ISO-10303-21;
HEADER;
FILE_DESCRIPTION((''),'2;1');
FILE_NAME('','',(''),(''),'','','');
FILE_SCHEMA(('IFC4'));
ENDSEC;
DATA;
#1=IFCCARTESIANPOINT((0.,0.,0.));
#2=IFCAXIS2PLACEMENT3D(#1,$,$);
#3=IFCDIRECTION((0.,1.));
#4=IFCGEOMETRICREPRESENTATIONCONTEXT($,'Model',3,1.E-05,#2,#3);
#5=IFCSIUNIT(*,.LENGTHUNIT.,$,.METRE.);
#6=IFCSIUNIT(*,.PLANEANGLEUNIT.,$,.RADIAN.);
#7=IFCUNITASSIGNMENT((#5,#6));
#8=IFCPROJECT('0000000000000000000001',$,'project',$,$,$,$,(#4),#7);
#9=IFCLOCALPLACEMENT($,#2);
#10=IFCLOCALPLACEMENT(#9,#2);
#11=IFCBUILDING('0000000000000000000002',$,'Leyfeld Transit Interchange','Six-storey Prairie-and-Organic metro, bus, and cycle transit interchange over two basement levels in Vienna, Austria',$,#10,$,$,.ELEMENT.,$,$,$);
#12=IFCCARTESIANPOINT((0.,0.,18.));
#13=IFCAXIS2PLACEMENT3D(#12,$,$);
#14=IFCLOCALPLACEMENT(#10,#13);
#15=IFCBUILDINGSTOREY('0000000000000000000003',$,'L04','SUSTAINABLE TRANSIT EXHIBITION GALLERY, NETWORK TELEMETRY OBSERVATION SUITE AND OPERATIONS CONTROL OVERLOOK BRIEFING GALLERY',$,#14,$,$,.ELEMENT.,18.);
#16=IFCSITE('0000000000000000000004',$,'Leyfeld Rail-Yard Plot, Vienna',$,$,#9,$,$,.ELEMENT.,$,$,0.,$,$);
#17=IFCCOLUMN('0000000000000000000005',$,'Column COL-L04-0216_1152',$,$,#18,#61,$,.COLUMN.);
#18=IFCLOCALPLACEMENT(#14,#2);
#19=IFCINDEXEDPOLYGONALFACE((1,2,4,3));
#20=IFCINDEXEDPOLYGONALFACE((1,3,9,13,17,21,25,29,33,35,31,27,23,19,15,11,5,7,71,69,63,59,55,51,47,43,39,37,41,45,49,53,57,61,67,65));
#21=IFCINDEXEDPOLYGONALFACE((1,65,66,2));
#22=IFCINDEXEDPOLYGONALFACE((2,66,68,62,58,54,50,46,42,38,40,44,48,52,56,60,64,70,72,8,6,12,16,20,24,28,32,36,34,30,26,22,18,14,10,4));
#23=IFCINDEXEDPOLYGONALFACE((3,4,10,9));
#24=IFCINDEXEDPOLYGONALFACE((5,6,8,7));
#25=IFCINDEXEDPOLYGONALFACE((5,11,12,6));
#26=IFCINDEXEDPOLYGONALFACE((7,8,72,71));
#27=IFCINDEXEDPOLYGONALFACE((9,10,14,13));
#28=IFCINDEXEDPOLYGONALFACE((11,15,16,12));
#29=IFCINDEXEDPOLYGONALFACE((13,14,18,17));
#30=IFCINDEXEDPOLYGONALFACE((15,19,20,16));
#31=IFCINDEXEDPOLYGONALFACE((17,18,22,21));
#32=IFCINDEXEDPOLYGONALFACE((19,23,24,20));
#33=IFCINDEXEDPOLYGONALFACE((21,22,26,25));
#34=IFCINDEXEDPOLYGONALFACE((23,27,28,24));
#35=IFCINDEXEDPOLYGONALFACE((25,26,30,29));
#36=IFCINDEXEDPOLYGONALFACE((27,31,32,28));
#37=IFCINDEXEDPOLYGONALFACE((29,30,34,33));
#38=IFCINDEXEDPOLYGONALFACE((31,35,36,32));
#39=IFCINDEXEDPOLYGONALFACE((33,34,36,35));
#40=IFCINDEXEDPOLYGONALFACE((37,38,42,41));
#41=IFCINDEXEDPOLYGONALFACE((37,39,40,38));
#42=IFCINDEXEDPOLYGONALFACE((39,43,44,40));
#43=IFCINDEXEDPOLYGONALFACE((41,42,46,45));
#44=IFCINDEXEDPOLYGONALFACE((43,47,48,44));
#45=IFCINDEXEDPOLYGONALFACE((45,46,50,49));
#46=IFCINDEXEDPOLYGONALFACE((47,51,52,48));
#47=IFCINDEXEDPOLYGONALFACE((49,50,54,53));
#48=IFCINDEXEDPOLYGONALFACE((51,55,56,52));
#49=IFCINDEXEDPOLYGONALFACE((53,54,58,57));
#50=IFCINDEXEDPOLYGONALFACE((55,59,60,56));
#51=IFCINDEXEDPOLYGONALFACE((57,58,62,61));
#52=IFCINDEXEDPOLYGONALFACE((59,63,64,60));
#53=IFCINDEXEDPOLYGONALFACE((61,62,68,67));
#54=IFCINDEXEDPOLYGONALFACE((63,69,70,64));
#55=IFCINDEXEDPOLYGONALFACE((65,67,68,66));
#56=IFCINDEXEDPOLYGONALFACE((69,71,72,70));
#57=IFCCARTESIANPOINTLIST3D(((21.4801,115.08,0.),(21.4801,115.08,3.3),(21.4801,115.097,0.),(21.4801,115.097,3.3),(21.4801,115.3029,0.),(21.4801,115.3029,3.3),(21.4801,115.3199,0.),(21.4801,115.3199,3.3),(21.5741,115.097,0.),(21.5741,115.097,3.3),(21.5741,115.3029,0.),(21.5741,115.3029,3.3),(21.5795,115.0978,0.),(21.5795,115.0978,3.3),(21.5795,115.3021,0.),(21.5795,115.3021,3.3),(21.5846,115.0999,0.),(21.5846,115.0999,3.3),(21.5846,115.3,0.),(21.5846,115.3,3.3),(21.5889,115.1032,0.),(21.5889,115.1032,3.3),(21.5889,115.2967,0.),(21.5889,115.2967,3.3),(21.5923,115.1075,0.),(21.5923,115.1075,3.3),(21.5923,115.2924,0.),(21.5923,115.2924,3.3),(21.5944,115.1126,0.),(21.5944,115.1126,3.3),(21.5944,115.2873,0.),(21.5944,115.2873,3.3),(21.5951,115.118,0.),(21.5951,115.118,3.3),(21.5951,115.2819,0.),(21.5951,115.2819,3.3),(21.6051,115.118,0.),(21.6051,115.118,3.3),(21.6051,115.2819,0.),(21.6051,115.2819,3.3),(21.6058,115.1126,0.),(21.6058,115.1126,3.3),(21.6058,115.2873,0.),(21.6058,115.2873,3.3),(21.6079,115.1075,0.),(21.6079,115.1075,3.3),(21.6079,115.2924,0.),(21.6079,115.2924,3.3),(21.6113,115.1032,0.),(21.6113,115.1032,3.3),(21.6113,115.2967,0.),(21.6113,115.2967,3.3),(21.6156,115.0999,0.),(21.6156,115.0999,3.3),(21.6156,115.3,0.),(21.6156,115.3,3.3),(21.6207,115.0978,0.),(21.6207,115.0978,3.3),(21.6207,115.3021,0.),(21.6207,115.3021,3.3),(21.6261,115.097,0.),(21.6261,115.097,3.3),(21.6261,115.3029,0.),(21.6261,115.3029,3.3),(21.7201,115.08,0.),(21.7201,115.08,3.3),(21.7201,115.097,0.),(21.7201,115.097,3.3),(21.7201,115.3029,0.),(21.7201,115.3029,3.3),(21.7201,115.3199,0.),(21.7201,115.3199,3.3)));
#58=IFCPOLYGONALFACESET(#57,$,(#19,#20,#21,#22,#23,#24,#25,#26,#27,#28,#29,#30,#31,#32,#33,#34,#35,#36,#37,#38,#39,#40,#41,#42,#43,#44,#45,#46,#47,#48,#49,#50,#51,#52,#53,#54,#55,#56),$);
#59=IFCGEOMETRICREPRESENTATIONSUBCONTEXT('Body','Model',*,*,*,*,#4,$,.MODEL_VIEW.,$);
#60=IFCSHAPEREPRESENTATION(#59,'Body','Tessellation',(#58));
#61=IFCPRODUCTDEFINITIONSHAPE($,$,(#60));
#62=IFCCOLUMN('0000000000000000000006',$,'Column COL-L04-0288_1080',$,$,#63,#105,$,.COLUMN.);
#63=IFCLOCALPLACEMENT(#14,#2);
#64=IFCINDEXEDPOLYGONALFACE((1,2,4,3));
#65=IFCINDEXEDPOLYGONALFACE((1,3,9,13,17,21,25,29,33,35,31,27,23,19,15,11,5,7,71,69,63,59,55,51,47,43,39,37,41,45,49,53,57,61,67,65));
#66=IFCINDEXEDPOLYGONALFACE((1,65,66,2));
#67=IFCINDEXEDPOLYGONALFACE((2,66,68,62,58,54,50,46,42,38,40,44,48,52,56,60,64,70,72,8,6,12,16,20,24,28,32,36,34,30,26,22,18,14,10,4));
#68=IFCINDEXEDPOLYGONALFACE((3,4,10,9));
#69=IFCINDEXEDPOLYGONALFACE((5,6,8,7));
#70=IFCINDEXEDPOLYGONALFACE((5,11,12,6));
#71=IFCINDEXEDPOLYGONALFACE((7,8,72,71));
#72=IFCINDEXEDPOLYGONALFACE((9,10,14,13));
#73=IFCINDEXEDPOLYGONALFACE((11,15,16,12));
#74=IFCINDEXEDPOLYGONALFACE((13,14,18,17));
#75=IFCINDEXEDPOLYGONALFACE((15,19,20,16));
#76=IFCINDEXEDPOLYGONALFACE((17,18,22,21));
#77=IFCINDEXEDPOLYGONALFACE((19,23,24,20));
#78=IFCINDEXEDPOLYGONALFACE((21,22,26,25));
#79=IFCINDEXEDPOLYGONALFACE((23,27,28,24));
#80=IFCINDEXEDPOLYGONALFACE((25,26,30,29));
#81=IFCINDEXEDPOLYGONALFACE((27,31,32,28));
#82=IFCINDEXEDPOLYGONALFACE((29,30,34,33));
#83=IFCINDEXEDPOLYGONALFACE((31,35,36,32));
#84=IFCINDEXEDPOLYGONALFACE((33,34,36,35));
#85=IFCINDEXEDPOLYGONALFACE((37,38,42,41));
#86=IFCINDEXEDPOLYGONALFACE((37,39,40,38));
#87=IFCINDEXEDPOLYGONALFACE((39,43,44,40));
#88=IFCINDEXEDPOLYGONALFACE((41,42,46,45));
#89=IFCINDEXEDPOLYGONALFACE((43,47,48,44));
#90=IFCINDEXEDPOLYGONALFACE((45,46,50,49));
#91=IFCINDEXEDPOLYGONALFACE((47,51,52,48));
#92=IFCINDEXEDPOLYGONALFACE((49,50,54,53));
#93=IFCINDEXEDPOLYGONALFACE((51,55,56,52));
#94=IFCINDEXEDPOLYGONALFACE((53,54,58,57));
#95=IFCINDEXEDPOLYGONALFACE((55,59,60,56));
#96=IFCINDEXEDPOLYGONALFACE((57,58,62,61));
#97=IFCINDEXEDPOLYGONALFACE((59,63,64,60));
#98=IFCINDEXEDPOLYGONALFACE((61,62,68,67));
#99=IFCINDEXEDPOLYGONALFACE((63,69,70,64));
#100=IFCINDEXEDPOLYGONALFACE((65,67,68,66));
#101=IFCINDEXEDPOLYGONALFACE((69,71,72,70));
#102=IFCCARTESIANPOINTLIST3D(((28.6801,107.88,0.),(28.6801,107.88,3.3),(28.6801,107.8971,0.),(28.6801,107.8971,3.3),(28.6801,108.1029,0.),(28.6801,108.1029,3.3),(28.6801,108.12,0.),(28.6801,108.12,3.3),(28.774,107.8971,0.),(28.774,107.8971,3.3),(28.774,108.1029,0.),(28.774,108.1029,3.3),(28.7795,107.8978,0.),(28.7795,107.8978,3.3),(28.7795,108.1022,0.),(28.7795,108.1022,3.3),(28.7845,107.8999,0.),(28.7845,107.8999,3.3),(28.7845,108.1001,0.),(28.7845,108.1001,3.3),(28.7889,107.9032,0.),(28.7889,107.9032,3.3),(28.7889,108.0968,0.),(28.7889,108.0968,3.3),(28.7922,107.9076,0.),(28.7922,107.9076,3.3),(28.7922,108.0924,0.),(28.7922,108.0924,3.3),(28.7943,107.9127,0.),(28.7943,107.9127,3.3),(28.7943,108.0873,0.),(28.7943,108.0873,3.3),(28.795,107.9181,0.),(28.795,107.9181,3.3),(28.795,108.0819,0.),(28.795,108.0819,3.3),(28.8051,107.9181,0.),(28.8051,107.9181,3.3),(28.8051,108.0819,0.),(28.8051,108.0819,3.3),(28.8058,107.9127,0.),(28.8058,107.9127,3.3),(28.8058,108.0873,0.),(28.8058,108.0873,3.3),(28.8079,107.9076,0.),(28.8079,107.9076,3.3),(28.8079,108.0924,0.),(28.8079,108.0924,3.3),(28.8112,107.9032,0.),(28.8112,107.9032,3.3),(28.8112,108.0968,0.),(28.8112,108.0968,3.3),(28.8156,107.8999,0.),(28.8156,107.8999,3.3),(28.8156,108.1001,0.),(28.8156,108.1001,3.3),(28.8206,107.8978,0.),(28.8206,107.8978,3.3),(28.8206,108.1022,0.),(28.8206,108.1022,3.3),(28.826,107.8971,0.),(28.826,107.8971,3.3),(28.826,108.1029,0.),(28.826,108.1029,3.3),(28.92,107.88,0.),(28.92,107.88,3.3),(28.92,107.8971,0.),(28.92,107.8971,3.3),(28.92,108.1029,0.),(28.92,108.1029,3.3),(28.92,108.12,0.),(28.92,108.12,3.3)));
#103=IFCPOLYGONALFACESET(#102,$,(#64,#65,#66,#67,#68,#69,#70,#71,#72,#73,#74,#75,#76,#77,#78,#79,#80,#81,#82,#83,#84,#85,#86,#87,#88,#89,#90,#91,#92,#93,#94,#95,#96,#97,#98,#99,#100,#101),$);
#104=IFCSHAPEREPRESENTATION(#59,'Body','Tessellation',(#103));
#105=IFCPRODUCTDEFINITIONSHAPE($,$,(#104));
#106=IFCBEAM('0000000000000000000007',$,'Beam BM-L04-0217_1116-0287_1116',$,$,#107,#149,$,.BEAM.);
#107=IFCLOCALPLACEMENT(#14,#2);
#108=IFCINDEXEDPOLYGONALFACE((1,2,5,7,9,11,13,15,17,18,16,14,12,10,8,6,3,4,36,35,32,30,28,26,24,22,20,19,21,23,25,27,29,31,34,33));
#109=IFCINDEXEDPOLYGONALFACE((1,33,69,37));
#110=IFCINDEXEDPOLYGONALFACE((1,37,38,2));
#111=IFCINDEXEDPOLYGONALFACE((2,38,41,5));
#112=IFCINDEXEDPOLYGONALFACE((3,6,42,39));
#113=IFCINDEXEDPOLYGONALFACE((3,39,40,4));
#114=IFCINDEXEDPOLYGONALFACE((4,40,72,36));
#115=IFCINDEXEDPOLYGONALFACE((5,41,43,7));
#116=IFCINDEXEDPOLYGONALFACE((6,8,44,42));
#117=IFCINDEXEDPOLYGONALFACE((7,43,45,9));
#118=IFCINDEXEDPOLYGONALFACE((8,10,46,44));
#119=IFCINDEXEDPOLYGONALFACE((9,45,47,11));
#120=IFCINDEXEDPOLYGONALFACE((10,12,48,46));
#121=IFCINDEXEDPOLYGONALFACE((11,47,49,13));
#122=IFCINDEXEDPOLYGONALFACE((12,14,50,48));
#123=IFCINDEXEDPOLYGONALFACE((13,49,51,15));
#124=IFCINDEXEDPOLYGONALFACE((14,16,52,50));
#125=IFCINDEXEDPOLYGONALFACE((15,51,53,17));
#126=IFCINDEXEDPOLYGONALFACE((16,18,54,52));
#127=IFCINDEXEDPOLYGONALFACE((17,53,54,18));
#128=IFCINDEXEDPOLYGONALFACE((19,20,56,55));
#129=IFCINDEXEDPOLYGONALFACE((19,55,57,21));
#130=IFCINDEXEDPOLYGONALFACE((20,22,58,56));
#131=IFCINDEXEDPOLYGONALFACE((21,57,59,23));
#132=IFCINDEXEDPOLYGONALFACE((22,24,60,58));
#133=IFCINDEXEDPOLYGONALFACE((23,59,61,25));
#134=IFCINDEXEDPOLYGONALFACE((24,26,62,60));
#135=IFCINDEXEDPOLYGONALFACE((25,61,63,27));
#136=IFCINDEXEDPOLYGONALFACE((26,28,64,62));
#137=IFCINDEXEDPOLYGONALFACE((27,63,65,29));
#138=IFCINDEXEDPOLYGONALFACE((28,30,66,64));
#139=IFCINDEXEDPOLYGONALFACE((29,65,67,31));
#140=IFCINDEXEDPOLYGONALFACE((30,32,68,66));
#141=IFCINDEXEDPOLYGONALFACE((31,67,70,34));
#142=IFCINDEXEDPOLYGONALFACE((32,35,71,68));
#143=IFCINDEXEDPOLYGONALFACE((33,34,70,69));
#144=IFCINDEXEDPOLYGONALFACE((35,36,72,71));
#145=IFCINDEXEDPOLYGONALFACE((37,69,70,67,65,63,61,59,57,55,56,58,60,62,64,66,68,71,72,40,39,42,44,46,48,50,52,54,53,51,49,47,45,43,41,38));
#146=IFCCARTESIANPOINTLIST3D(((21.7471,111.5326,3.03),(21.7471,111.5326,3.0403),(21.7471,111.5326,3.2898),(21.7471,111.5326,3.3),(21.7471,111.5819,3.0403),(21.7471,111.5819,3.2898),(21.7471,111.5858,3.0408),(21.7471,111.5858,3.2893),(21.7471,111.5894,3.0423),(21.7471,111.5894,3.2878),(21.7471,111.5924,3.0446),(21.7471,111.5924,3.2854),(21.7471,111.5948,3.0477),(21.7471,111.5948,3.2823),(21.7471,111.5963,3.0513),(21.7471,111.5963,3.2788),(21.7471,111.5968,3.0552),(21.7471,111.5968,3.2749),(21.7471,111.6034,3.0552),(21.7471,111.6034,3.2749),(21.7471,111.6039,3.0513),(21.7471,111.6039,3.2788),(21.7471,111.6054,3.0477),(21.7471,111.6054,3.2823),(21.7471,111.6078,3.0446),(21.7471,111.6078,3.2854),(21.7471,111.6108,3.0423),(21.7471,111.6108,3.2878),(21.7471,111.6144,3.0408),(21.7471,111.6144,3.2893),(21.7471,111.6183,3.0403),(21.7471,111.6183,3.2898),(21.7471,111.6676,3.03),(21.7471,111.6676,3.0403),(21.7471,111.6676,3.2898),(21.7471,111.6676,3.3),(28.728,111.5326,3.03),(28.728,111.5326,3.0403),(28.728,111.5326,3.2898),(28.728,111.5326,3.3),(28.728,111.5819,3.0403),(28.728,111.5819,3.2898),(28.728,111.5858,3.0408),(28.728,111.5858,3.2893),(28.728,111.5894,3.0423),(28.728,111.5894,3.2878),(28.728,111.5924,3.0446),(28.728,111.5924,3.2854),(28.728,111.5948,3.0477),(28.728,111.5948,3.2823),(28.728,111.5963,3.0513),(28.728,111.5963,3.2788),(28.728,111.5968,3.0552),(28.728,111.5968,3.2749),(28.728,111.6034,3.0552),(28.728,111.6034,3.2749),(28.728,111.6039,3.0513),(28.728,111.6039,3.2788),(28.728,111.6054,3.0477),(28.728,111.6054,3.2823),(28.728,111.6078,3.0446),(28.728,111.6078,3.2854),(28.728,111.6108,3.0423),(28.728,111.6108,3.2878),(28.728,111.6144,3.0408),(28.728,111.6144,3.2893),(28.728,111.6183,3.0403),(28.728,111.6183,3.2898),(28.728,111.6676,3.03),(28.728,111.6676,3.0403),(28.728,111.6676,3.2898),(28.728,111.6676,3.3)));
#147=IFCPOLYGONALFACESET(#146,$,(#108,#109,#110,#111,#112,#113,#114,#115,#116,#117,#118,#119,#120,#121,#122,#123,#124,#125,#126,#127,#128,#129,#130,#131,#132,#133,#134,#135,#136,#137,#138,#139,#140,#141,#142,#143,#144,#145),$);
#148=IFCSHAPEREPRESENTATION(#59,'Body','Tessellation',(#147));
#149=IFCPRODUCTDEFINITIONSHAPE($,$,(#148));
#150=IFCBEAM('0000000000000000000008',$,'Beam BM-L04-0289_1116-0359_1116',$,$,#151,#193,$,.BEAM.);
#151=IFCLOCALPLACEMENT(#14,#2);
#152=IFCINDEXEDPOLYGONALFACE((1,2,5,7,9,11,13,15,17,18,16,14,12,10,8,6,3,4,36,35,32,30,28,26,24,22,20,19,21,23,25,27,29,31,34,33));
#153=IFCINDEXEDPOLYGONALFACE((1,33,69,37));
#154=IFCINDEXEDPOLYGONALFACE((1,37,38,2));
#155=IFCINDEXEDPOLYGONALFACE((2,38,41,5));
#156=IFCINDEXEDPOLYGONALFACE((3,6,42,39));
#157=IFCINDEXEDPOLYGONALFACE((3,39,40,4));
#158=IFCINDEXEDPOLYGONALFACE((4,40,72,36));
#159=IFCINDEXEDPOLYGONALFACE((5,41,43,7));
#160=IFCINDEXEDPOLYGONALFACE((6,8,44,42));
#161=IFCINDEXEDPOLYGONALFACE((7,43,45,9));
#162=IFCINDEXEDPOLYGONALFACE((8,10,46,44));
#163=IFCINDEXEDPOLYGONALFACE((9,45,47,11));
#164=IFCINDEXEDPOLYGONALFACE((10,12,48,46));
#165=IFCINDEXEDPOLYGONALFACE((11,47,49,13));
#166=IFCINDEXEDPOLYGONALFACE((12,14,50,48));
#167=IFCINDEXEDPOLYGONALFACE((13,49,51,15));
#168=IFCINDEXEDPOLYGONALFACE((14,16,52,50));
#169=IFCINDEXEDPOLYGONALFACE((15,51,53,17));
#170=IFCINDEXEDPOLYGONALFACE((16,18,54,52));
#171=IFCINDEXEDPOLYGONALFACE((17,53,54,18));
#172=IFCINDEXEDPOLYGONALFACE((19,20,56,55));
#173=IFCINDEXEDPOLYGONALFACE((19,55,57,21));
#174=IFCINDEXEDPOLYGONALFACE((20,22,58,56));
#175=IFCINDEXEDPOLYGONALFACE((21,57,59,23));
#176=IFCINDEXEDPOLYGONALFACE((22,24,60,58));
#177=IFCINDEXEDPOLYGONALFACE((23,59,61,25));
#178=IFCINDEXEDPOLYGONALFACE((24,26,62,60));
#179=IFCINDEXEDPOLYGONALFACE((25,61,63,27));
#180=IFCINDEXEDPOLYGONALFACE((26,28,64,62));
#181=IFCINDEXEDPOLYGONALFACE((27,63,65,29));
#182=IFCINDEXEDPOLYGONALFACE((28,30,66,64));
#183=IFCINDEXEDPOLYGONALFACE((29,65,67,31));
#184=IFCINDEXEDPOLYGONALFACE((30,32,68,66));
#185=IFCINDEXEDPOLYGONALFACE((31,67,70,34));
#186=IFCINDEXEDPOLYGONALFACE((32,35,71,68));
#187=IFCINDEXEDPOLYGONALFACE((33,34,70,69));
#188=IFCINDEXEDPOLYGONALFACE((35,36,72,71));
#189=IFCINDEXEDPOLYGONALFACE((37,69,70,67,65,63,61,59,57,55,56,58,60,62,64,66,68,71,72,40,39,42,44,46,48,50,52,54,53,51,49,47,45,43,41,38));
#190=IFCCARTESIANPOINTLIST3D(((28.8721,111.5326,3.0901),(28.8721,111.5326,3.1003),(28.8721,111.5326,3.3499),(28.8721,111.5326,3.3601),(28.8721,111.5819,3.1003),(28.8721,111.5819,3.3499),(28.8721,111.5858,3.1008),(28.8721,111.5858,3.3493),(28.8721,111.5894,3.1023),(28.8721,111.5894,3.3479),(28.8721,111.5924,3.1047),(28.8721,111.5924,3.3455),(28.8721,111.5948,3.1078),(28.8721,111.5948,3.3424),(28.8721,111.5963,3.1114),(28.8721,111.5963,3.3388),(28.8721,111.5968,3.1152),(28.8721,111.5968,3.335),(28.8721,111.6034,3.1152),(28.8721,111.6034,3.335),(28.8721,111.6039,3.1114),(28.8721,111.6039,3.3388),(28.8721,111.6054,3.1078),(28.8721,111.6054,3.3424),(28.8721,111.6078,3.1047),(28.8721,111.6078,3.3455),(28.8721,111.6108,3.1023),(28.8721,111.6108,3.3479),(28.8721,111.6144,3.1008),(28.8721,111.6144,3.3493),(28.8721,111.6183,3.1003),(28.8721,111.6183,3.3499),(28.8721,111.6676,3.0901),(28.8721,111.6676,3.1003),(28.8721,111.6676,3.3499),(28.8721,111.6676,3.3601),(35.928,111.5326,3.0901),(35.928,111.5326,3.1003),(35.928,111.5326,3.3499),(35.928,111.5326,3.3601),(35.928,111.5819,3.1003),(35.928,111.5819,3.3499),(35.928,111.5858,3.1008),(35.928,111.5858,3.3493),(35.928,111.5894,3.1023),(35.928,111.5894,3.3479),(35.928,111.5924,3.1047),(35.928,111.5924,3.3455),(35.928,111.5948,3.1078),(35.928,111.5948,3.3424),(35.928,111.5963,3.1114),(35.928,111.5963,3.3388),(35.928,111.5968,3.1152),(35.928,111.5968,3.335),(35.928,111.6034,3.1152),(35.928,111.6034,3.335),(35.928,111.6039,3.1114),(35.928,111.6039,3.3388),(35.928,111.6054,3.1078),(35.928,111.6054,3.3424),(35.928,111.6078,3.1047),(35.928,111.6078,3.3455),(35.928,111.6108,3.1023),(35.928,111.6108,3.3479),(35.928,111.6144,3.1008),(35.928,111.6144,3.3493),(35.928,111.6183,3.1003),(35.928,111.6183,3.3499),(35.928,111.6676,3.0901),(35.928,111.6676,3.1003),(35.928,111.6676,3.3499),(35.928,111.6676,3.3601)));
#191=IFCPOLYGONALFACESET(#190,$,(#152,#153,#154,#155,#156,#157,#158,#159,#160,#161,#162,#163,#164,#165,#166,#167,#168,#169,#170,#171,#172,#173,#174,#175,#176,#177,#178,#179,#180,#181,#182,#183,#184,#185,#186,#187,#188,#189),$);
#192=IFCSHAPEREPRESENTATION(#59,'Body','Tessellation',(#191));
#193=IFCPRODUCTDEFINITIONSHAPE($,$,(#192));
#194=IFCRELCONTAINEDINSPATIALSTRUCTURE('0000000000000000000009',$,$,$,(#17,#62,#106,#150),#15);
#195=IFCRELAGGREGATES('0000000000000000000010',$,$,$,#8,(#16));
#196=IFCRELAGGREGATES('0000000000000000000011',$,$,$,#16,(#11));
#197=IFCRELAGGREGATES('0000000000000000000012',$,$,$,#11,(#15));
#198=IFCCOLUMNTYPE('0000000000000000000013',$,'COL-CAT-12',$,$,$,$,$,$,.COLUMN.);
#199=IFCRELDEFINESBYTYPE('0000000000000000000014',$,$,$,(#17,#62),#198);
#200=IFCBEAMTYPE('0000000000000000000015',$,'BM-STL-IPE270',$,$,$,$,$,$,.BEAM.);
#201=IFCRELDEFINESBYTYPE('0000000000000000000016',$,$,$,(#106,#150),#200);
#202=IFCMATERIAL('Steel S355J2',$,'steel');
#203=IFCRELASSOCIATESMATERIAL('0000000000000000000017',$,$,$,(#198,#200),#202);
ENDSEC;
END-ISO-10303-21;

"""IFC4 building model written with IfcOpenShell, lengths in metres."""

from ifc_helpers import new_model, si_unit, direction, frame, origin, origin_2d, place, context, subcontext, project, spatial, i_section, extrude, material, material_profile, profile_set, type_object, element, save


model = new_model("IFC4")

# Units and contexts
model_context = context("Model", 3, precision=1e-05, world=origin(), true_north=direction((0.0, 1.0)))
body_context = subcontext(model_context, "Body", "Model", "MODEL_VIEW")
ifc_project = project(units=[si_unit("LENGTHUNIT", "METRE"), si_unit("PLANEANGLEUNIT", "RADIAN")], contexts=[model_context])

# Site, building, storey
site_placement = place(None, origin())
site = spatial("IfcSite", under=ifc_project, at=site_placement, Name="Leyfeld Rail-Yard Plot, Vienna", CompositionType="ELEMENT", RefElevation=0.0)
building_placement = place(site_placement, origin())
building = spatial("IfcBuilding", under=site, at=building_placement, Name="Leyfeld Transit Interchange", Description="Six-storey Prairie-and-Organic metro, bus, and cycle transit interchange over two basement levels in Vienna, Austria", CompositionType="ELEMENT")
storey_placement = place(building_placement, frame((0.0, 0.0, 18.0)))
storey = spatial("IfcBuildingStorey", under=building, at=storey_placement, Name="L04", Description="SUSTAINABLE TRANSIT EXHIBITION GALLERY, NETWORK TELEMETRY OBSERVATION SUITE AND OPERATIONS CONTROL OVERLOOK BRIEFING GALLERY", CompositionType="ELEMENT", Elevation=18.0)

# Columns
ifc_material_1 = material(Name="Steel S355J2", Category="steel")
ifc_material_profile_1 = material_profile(ifc_material_1, i_section(OverallWidth=0.24, OverallDepth=0.24, WebThickness=0.01, FlangeThickness=0.0171, FilletRadius=0.021, at=origin_2d()), Name="HEB 240")
ifc_profile_set_1 = profile_set([ifc_material_profile_1], Name="Steel S355J2")
column_type = type_object("IfcColumnType", Name="COL-CAT-12", PredefinedType="COLUMN", material=ifc_profile_set_1)
for number, where, z_axis, x_axis, name in (
    (1, (21.6001, 115.2, 0.0), (0.0, 0.0, 1.0), (1.0, 0.0, 0.0), "Column COL-L04-0216_1152"),
    (2, (28.8, 108.0, 0.0), (0.0, 0.0, 1.0), (1.0, 0.0, 0.0), "Column COL-L04-0288_1080"),
):
    element("IfcColumn", number, at=place(storey_placement, frame(where, z_axis=z_axis, x_axis=x_axis)), inside=storey, type_object=column_type, Name=name, PredefinedType="COLUMN", context=body_context, shape_type="SweptSolid", body=[
        extrude(i_section(OverallWidth=0.24, OverallDepth=0.24, WebThickness=0.01, FlangeThickness=0.0171, FilletRadius=0.021, at=origin_2d()), origin(), (0.0, 0.0, 1.0), 3.3),
    ])

# Beams
ifc_material_profile_2 = material_profile(ifc_material_1, i_section(OverallWidth=0.135, OverallDepth=0.27, WebThickness=0.0066, FlangeThickness=0.0103, FilletRadius=0.0149, at=origin_2d()), Name="IPE 270")
ifc_profile_set_2 = profile_set([ifc_material_profile_2], Name="Steel S355J2")
beam_type_1 = type_object("IfcBeamType", Name="BM-STL-IPE270", PredefinedType="BEAM", material=ifc_profile_set_2)
beam_1_placement = place(storey_placement, frame((21.7471, 111.6001, 3.165), z_axis=(1.0, 0.0, 0.0), x_axis=(0.0, 1.0, 0.0)))
element("IfcBeam", 3, at=beam_1_placement, inside=storey, type_object=beam_type_1, Name="Beam BM-L04-0217_1116-0287_1116", PredefinedType="BEAM", context=body_context, shape_type="SweptSolid", body=[
    extrude(i_section(OverallWidth=0.135, OverallDepth=0.27, WebThickness=0.0066, FlangeThickness=0.0103, FilletRadius=0.0149, at=origin_2d()), origin(), (0.0, 0.0, 1.0), 6.981),
])
beam_2_placement = place(storey_placement, frame((28.8721, 111.6001, 3.2251), z_axis=(1.0, 0.0, 0.0), x_axis=(0.0, 1.0, 0.0)))
element("IfcBeam", 4, at=beam_2_placement, inside=storey, type_object=beam_type_1, Name="Beam BM-L04-0289_1116-0359_1116", PredefinedType="BEAM", context=body_context, shape_type="SweptSolid", body=[
    extrude(i_section(OverallWidth=0.135, OverallDepth=0.27, WebThickness=0.0066, FlangeThickness=0.0103, FilletRadius=0.0149, at=origin_2d()), origin(), (0.0, 0.0, 1.0), 7.0559),
])

save(model, "model.ifc")
